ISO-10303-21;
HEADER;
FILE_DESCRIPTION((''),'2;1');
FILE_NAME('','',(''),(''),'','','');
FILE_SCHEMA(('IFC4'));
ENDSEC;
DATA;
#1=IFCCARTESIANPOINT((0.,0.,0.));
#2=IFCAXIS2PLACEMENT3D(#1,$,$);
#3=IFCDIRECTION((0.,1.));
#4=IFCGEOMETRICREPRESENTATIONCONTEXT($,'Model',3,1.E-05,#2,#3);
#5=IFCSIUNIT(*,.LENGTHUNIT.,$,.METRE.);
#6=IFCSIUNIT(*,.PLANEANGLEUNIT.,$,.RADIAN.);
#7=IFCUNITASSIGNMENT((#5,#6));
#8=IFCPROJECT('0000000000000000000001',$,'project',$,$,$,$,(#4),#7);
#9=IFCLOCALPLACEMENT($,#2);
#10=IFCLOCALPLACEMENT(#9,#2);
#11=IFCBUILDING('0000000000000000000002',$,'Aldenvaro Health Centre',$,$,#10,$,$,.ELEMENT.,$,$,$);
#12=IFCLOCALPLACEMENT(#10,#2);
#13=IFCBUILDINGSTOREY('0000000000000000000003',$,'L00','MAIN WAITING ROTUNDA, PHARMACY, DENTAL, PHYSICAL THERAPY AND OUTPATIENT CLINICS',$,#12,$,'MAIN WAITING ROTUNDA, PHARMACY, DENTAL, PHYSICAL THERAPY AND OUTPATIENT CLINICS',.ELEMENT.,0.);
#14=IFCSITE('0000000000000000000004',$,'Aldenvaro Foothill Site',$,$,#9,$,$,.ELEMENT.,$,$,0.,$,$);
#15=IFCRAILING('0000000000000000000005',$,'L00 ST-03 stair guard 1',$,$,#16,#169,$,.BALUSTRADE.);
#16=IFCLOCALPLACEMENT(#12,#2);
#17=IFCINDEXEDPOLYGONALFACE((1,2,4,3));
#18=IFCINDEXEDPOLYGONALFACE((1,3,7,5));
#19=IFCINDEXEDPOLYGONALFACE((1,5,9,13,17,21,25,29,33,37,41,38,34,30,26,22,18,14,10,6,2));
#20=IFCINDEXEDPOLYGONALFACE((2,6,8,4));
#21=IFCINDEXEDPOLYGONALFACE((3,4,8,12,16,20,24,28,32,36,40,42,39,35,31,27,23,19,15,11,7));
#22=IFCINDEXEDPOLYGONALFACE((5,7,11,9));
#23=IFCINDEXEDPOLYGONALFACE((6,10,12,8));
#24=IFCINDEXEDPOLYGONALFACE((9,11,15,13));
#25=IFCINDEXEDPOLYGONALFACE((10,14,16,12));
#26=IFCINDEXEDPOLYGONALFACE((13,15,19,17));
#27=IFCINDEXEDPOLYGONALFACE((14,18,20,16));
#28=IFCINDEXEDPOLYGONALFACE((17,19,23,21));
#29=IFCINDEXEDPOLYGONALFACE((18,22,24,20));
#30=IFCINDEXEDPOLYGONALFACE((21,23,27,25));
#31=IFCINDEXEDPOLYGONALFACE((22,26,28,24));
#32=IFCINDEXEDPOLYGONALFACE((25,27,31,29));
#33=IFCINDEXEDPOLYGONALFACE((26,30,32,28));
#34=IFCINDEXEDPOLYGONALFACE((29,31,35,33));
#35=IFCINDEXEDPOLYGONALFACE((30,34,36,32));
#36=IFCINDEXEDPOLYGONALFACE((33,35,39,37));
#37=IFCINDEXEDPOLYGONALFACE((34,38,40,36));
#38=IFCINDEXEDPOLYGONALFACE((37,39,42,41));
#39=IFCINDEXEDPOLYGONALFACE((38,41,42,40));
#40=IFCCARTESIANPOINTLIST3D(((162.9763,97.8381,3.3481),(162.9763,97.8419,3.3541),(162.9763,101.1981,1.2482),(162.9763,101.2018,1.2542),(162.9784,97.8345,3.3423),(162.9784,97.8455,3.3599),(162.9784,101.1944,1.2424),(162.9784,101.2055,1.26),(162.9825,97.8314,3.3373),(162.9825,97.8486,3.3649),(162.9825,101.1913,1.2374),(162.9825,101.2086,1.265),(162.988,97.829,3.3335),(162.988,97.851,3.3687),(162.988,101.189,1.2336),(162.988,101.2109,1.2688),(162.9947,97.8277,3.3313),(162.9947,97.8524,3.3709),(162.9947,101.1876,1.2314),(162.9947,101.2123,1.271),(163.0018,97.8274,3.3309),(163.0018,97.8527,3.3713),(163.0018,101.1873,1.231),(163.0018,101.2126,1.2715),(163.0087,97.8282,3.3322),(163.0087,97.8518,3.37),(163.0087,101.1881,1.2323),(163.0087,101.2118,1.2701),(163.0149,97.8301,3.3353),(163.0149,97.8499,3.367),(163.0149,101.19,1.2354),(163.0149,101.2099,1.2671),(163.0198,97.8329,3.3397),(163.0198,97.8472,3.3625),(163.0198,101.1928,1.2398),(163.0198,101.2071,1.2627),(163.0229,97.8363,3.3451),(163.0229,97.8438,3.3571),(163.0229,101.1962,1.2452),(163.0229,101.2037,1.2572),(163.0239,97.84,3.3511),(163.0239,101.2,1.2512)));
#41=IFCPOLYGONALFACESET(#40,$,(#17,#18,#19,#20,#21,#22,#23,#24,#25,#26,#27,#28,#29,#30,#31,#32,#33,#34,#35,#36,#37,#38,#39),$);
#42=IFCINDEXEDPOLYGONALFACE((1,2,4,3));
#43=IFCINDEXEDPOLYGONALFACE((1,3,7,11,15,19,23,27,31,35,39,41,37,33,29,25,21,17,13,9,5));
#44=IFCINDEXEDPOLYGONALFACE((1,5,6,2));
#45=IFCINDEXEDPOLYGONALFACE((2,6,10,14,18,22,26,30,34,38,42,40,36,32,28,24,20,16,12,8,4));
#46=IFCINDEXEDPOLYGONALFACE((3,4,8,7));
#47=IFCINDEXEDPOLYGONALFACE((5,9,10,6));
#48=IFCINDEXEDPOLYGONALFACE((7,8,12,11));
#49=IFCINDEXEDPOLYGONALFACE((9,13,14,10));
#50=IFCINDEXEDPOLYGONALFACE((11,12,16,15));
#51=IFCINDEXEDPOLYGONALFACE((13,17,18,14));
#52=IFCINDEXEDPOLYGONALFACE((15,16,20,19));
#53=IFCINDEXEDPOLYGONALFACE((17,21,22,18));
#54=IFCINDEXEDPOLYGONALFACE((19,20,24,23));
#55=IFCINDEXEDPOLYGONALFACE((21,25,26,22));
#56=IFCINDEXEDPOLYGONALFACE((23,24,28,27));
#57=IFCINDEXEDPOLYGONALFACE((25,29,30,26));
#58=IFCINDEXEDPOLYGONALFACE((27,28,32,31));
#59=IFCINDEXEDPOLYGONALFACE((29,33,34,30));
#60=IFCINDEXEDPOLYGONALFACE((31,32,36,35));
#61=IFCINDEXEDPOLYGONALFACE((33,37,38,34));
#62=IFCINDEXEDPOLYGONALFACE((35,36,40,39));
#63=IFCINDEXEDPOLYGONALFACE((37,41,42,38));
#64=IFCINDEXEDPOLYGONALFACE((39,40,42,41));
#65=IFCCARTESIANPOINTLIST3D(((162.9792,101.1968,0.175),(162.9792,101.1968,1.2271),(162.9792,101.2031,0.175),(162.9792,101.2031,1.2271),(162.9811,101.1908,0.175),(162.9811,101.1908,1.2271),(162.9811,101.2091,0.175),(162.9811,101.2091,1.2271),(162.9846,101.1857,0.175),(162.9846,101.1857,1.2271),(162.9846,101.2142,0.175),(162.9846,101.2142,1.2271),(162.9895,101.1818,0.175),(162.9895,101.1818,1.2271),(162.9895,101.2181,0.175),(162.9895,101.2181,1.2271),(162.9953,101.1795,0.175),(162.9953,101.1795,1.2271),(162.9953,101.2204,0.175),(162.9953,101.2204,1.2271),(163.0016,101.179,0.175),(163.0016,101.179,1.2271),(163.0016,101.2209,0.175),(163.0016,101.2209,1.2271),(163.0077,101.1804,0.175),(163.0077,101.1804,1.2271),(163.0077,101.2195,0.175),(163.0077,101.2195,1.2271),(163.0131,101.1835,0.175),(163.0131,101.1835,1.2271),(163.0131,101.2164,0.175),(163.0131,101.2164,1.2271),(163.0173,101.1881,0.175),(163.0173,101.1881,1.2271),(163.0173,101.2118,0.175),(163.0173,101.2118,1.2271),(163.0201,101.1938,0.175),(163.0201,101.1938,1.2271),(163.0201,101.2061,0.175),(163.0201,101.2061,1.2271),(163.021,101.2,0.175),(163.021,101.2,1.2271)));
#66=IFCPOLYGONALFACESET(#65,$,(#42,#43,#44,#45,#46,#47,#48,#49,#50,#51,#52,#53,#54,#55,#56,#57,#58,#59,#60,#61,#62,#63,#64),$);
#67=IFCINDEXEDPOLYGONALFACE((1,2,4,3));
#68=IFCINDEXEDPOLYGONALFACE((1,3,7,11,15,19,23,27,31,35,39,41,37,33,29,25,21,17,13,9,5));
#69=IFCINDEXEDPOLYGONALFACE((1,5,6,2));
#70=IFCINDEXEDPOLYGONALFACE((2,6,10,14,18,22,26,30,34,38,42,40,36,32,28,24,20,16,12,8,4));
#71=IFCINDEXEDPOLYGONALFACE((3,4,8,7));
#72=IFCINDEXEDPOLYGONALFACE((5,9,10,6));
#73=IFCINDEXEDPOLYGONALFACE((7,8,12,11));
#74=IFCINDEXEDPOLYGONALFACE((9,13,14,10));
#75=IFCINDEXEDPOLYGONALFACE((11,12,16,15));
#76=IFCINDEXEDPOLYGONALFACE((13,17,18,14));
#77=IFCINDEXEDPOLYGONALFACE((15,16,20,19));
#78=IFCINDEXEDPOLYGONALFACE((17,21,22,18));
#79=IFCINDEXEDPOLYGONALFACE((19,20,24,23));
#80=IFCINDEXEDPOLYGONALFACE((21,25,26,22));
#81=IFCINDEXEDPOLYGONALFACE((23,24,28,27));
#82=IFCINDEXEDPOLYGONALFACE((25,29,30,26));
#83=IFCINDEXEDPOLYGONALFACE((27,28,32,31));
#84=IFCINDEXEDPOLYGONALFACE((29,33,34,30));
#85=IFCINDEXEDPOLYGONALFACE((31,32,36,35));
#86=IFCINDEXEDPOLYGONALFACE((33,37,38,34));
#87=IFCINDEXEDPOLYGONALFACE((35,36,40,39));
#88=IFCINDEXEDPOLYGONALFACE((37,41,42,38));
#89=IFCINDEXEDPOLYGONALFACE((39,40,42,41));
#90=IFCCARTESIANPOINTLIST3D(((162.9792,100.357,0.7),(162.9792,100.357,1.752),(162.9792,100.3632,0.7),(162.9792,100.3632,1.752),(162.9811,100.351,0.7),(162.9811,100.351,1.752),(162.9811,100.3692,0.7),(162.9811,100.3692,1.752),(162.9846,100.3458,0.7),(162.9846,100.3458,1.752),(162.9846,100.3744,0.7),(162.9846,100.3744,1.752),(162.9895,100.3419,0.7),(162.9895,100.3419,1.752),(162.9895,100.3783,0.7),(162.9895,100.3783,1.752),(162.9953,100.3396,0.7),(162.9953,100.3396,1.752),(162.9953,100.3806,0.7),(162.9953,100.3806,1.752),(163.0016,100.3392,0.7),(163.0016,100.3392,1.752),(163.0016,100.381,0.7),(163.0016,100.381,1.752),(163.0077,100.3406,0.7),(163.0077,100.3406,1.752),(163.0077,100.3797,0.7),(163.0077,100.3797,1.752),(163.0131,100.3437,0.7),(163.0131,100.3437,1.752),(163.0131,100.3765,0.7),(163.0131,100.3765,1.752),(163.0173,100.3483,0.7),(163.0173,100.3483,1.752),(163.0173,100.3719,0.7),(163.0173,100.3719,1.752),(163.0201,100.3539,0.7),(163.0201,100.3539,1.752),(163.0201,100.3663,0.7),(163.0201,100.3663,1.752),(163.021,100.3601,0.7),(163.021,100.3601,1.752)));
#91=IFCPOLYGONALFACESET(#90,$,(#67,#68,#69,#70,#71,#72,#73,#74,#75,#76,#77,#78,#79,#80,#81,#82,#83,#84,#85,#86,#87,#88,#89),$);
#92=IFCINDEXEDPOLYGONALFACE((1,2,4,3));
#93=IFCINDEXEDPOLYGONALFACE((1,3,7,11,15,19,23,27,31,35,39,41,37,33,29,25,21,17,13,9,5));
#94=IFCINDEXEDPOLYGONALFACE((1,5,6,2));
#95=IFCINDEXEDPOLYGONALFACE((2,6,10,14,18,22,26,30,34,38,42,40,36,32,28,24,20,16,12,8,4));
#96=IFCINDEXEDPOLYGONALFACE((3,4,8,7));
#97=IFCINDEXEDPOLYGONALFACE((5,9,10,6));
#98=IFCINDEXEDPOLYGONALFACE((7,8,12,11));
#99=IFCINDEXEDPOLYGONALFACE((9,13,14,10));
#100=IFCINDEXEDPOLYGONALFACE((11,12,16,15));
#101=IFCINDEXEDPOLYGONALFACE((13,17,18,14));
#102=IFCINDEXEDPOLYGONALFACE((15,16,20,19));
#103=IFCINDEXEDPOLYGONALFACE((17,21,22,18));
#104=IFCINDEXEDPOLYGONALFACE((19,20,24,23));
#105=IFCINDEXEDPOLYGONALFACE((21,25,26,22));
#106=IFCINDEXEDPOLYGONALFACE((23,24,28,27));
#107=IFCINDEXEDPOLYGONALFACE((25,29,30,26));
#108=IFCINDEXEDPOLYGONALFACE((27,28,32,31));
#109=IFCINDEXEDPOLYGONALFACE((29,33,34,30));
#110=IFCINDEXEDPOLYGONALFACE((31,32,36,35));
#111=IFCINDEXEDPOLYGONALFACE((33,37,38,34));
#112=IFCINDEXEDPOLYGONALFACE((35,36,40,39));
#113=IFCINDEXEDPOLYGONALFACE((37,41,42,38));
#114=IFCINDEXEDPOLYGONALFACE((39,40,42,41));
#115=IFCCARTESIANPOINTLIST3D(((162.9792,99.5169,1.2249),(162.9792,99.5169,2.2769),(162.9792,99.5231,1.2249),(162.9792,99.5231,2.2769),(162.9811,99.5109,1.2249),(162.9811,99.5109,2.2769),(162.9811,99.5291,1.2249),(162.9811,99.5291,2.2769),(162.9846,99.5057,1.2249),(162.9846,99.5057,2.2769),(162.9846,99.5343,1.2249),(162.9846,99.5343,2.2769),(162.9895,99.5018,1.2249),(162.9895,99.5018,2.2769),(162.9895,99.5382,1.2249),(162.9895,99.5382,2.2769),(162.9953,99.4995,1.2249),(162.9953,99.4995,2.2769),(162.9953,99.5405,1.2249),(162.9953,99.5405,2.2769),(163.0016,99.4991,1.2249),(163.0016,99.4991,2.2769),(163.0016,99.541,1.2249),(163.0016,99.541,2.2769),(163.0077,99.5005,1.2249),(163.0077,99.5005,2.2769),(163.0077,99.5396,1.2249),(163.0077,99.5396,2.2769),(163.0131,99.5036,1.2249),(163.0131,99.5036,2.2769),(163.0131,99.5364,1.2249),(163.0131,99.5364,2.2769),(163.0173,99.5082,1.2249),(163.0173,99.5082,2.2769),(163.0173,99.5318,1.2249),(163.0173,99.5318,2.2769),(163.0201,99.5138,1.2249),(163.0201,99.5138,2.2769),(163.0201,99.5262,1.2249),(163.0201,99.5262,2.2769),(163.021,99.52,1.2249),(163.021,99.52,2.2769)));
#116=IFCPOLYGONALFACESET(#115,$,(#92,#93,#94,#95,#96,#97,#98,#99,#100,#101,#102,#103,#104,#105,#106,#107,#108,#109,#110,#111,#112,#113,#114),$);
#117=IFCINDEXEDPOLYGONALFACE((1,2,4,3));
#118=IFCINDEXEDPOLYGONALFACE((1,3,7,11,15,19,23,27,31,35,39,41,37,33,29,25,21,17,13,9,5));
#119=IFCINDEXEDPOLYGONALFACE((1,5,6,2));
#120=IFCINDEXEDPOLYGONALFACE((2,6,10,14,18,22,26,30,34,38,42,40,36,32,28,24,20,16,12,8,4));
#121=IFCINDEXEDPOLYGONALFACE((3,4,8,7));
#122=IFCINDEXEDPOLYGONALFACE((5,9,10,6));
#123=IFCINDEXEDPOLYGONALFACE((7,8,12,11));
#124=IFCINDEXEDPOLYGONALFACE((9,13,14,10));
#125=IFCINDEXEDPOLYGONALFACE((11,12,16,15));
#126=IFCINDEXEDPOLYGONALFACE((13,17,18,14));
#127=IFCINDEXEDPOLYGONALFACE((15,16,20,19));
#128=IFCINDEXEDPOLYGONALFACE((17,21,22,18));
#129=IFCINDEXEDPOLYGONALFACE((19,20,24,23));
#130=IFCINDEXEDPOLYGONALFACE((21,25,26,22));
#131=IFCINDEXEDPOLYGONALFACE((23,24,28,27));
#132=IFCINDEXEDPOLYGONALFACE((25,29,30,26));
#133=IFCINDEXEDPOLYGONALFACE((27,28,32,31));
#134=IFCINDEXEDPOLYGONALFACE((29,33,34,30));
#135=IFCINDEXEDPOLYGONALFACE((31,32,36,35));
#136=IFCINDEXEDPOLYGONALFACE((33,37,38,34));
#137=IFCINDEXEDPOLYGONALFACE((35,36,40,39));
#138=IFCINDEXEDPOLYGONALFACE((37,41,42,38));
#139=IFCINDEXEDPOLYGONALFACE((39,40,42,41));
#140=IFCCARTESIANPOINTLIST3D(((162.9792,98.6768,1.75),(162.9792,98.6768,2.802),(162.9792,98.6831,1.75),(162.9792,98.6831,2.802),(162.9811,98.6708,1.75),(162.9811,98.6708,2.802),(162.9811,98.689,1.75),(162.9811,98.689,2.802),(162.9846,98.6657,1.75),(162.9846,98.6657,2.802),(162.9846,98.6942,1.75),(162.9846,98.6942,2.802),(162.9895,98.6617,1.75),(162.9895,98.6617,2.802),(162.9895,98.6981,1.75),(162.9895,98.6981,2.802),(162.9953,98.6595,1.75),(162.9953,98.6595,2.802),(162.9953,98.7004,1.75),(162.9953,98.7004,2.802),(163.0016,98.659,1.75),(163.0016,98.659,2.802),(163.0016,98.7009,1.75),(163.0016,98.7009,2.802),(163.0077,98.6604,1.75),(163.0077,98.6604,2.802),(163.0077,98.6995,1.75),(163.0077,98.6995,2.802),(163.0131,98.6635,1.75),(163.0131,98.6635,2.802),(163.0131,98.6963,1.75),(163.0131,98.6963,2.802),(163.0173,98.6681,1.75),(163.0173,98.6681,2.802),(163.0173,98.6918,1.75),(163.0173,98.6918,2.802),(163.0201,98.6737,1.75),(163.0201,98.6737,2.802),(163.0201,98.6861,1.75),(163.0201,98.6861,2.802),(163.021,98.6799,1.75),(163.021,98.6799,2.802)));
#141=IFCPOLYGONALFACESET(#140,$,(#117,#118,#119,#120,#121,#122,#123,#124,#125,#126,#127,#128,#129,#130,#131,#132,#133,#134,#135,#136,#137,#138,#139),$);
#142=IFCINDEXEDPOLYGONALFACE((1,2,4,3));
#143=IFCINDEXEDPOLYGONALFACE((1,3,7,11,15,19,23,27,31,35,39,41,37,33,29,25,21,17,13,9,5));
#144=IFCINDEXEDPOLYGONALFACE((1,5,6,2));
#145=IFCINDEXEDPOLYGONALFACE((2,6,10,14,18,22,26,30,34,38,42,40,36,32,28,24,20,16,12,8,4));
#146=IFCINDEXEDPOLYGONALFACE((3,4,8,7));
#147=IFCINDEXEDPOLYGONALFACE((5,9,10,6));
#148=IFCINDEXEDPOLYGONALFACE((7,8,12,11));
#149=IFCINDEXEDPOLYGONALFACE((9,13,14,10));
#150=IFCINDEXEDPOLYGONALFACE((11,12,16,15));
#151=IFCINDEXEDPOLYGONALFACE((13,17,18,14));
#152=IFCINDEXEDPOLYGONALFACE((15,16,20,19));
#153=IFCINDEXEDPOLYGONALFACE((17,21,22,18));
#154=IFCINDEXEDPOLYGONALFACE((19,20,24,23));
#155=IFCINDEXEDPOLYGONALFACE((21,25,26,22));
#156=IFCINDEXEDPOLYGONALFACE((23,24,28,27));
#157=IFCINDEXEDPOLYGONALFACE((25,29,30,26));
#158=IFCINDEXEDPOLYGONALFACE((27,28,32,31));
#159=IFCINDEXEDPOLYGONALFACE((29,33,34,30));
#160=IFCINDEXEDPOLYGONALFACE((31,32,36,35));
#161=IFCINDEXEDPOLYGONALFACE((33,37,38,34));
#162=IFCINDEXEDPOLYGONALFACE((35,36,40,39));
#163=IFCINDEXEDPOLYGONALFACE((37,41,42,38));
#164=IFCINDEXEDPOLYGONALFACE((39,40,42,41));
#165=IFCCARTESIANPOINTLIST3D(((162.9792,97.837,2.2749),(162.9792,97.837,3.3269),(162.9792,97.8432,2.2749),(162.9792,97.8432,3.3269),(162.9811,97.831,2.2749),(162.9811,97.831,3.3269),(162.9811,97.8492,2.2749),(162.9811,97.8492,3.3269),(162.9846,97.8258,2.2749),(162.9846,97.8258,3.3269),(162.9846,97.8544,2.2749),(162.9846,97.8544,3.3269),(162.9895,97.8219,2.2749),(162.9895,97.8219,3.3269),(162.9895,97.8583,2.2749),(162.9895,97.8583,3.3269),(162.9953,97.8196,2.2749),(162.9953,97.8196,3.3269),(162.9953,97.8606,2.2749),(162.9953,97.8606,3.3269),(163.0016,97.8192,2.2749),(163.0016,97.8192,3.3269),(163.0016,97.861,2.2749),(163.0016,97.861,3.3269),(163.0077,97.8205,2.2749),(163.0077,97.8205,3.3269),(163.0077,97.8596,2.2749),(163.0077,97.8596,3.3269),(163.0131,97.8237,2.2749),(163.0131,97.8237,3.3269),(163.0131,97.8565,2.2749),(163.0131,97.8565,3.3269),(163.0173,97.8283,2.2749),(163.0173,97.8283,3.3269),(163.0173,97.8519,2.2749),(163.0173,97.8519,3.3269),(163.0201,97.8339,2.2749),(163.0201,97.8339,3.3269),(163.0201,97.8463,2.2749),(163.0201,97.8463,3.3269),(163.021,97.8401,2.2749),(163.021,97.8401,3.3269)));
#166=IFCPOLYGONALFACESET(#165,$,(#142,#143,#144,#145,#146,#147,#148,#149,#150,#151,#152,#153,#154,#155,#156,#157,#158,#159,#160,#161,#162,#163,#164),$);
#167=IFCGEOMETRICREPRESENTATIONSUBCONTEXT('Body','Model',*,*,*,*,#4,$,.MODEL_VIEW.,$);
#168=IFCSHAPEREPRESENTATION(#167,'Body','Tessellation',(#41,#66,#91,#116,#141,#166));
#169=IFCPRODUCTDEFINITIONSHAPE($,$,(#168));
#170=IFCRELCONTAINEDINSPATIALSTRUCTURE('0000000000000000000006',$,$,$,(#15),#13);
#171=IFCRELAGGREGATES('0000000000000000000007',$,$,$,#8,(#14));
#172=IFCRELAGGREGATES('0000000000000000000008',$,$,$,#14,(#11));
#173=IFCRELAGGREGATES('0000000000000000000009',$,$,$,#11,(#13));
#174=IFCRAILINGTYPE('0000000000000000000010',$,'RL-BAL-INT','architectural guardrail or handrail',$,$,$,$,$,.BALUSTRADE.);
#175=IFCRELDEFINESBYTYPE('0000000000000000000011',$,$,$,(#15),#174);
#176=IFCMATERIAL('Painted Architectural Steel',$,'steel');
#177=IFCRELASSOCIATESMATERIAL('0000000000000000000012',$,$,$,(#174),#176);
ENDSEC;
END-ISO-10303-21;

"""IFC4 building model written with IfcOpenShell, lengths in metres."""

from ifc_helpers import new_model, si_unit, direction, frame, origin, origin_2d, place, context, subcontext, project, spatial, circle, extrude, material, type_object, element, save


model = new_model("IFC4")

# Units and contexts
model_context = context("Model", 3, precision=1e-05, world=origin(), true_north=direction((0.0, 1.0)))
body_context = subcontext(model_context, "Body", "Model", "MODEL_VIEW")
ifc_project = project(units=[si_unit("LENGTHUNIT", "METRE"), si_unit("PLANEANGLEUNIT", "RADIAN")], contexts=[model_context])

# Site, building, storey
site_placement = place(None, origin())
site = spatial("IfcSite", under=ifc_project, at=site_placement, Name="Aldenvaro Foothill Site", CompositionType="ELEMENT", RefElevation=0.0)
building_placement = place(site_placement, origin())
building = spatial("IfcBuilding", under=site, at=building_placement, Name="Aldenvaro Health Centre", CompositionType="ELEMENT")
storey_placement = place(building_placement, origin())
storey = spatial("IfcBuildingStorey", under=building, at=storey_placement, Name="L00", Description="MAIN WAITING ROTUNDA, PHARMACY, DENTAL, PHYSICAL THERAPY AND OUTPATIENT CLINICS", LongName="MAIN WAITING ROTUNDA, PHARMACY, DENTAL, PHYSICAL THERAPY AND OUTPATIENT CLINICS", CompositionType="ELEMENT", Elevation=0.0)

# Railing
ifc_material_1 = material(Name="Painted Architectural Steel", Category="steel")
railing_type_1 = type_object("IfcRailingType", Name="RL-BAL-INT", Description="architectural guardrail or handrail", PredefinedType="BALUSTRADE", material=ifc_material_1)
railing_1_placement = place(storey_placement, frame((163.0, 101.2, 0.175)))
element("IfcRailing", 1, at=railing_1_placement, inside=storey, type_object=railing_type_1, Name="L00 ST-03 stair guard 1", PredefinedType="BALUSTRADE", context=body_context, shape_type="SweptSolid", body=[
    extrude(circle(Radius=0.0239, at=origin_2d()), frame((0.0, 0.0, 1.0762), z_axis=(0.0, -0.848005, 0.529988), x_axis=(1.0, 0.0, 0.0)), (0.0, 0.0, 1.0), 3.9622),
    extrude(circle(Radius=0.021, at=origin_2d()), origin(), (0.0, 0.0, 1.0), 1.052),
    extrude(circle(Radius=0.021, at=origin_2d()), frame((0.0, -0.8398, 0.5249)), (0.0, 0.0, 1.0), 1.052),
    extrude(circle(Radius=0.021, at=origin_2d()), frame((0.0, -1.6799, 1.0498)), (0.0, 0.0, 1.0), 1.052),
    extrude(circle(Radius=0.021, at=origin_2d()), frame((0.0, -2.52, 1.575)), (0.0, 0.0, 1.0), 1.052),
    extrude(circle(Radius=0.021, at=origin_2d()), frame((0.0, -3.3599, 2.0999)), (0.0, 0.0, 1.0), 1.052),
])

save(model, "model.ifc")
